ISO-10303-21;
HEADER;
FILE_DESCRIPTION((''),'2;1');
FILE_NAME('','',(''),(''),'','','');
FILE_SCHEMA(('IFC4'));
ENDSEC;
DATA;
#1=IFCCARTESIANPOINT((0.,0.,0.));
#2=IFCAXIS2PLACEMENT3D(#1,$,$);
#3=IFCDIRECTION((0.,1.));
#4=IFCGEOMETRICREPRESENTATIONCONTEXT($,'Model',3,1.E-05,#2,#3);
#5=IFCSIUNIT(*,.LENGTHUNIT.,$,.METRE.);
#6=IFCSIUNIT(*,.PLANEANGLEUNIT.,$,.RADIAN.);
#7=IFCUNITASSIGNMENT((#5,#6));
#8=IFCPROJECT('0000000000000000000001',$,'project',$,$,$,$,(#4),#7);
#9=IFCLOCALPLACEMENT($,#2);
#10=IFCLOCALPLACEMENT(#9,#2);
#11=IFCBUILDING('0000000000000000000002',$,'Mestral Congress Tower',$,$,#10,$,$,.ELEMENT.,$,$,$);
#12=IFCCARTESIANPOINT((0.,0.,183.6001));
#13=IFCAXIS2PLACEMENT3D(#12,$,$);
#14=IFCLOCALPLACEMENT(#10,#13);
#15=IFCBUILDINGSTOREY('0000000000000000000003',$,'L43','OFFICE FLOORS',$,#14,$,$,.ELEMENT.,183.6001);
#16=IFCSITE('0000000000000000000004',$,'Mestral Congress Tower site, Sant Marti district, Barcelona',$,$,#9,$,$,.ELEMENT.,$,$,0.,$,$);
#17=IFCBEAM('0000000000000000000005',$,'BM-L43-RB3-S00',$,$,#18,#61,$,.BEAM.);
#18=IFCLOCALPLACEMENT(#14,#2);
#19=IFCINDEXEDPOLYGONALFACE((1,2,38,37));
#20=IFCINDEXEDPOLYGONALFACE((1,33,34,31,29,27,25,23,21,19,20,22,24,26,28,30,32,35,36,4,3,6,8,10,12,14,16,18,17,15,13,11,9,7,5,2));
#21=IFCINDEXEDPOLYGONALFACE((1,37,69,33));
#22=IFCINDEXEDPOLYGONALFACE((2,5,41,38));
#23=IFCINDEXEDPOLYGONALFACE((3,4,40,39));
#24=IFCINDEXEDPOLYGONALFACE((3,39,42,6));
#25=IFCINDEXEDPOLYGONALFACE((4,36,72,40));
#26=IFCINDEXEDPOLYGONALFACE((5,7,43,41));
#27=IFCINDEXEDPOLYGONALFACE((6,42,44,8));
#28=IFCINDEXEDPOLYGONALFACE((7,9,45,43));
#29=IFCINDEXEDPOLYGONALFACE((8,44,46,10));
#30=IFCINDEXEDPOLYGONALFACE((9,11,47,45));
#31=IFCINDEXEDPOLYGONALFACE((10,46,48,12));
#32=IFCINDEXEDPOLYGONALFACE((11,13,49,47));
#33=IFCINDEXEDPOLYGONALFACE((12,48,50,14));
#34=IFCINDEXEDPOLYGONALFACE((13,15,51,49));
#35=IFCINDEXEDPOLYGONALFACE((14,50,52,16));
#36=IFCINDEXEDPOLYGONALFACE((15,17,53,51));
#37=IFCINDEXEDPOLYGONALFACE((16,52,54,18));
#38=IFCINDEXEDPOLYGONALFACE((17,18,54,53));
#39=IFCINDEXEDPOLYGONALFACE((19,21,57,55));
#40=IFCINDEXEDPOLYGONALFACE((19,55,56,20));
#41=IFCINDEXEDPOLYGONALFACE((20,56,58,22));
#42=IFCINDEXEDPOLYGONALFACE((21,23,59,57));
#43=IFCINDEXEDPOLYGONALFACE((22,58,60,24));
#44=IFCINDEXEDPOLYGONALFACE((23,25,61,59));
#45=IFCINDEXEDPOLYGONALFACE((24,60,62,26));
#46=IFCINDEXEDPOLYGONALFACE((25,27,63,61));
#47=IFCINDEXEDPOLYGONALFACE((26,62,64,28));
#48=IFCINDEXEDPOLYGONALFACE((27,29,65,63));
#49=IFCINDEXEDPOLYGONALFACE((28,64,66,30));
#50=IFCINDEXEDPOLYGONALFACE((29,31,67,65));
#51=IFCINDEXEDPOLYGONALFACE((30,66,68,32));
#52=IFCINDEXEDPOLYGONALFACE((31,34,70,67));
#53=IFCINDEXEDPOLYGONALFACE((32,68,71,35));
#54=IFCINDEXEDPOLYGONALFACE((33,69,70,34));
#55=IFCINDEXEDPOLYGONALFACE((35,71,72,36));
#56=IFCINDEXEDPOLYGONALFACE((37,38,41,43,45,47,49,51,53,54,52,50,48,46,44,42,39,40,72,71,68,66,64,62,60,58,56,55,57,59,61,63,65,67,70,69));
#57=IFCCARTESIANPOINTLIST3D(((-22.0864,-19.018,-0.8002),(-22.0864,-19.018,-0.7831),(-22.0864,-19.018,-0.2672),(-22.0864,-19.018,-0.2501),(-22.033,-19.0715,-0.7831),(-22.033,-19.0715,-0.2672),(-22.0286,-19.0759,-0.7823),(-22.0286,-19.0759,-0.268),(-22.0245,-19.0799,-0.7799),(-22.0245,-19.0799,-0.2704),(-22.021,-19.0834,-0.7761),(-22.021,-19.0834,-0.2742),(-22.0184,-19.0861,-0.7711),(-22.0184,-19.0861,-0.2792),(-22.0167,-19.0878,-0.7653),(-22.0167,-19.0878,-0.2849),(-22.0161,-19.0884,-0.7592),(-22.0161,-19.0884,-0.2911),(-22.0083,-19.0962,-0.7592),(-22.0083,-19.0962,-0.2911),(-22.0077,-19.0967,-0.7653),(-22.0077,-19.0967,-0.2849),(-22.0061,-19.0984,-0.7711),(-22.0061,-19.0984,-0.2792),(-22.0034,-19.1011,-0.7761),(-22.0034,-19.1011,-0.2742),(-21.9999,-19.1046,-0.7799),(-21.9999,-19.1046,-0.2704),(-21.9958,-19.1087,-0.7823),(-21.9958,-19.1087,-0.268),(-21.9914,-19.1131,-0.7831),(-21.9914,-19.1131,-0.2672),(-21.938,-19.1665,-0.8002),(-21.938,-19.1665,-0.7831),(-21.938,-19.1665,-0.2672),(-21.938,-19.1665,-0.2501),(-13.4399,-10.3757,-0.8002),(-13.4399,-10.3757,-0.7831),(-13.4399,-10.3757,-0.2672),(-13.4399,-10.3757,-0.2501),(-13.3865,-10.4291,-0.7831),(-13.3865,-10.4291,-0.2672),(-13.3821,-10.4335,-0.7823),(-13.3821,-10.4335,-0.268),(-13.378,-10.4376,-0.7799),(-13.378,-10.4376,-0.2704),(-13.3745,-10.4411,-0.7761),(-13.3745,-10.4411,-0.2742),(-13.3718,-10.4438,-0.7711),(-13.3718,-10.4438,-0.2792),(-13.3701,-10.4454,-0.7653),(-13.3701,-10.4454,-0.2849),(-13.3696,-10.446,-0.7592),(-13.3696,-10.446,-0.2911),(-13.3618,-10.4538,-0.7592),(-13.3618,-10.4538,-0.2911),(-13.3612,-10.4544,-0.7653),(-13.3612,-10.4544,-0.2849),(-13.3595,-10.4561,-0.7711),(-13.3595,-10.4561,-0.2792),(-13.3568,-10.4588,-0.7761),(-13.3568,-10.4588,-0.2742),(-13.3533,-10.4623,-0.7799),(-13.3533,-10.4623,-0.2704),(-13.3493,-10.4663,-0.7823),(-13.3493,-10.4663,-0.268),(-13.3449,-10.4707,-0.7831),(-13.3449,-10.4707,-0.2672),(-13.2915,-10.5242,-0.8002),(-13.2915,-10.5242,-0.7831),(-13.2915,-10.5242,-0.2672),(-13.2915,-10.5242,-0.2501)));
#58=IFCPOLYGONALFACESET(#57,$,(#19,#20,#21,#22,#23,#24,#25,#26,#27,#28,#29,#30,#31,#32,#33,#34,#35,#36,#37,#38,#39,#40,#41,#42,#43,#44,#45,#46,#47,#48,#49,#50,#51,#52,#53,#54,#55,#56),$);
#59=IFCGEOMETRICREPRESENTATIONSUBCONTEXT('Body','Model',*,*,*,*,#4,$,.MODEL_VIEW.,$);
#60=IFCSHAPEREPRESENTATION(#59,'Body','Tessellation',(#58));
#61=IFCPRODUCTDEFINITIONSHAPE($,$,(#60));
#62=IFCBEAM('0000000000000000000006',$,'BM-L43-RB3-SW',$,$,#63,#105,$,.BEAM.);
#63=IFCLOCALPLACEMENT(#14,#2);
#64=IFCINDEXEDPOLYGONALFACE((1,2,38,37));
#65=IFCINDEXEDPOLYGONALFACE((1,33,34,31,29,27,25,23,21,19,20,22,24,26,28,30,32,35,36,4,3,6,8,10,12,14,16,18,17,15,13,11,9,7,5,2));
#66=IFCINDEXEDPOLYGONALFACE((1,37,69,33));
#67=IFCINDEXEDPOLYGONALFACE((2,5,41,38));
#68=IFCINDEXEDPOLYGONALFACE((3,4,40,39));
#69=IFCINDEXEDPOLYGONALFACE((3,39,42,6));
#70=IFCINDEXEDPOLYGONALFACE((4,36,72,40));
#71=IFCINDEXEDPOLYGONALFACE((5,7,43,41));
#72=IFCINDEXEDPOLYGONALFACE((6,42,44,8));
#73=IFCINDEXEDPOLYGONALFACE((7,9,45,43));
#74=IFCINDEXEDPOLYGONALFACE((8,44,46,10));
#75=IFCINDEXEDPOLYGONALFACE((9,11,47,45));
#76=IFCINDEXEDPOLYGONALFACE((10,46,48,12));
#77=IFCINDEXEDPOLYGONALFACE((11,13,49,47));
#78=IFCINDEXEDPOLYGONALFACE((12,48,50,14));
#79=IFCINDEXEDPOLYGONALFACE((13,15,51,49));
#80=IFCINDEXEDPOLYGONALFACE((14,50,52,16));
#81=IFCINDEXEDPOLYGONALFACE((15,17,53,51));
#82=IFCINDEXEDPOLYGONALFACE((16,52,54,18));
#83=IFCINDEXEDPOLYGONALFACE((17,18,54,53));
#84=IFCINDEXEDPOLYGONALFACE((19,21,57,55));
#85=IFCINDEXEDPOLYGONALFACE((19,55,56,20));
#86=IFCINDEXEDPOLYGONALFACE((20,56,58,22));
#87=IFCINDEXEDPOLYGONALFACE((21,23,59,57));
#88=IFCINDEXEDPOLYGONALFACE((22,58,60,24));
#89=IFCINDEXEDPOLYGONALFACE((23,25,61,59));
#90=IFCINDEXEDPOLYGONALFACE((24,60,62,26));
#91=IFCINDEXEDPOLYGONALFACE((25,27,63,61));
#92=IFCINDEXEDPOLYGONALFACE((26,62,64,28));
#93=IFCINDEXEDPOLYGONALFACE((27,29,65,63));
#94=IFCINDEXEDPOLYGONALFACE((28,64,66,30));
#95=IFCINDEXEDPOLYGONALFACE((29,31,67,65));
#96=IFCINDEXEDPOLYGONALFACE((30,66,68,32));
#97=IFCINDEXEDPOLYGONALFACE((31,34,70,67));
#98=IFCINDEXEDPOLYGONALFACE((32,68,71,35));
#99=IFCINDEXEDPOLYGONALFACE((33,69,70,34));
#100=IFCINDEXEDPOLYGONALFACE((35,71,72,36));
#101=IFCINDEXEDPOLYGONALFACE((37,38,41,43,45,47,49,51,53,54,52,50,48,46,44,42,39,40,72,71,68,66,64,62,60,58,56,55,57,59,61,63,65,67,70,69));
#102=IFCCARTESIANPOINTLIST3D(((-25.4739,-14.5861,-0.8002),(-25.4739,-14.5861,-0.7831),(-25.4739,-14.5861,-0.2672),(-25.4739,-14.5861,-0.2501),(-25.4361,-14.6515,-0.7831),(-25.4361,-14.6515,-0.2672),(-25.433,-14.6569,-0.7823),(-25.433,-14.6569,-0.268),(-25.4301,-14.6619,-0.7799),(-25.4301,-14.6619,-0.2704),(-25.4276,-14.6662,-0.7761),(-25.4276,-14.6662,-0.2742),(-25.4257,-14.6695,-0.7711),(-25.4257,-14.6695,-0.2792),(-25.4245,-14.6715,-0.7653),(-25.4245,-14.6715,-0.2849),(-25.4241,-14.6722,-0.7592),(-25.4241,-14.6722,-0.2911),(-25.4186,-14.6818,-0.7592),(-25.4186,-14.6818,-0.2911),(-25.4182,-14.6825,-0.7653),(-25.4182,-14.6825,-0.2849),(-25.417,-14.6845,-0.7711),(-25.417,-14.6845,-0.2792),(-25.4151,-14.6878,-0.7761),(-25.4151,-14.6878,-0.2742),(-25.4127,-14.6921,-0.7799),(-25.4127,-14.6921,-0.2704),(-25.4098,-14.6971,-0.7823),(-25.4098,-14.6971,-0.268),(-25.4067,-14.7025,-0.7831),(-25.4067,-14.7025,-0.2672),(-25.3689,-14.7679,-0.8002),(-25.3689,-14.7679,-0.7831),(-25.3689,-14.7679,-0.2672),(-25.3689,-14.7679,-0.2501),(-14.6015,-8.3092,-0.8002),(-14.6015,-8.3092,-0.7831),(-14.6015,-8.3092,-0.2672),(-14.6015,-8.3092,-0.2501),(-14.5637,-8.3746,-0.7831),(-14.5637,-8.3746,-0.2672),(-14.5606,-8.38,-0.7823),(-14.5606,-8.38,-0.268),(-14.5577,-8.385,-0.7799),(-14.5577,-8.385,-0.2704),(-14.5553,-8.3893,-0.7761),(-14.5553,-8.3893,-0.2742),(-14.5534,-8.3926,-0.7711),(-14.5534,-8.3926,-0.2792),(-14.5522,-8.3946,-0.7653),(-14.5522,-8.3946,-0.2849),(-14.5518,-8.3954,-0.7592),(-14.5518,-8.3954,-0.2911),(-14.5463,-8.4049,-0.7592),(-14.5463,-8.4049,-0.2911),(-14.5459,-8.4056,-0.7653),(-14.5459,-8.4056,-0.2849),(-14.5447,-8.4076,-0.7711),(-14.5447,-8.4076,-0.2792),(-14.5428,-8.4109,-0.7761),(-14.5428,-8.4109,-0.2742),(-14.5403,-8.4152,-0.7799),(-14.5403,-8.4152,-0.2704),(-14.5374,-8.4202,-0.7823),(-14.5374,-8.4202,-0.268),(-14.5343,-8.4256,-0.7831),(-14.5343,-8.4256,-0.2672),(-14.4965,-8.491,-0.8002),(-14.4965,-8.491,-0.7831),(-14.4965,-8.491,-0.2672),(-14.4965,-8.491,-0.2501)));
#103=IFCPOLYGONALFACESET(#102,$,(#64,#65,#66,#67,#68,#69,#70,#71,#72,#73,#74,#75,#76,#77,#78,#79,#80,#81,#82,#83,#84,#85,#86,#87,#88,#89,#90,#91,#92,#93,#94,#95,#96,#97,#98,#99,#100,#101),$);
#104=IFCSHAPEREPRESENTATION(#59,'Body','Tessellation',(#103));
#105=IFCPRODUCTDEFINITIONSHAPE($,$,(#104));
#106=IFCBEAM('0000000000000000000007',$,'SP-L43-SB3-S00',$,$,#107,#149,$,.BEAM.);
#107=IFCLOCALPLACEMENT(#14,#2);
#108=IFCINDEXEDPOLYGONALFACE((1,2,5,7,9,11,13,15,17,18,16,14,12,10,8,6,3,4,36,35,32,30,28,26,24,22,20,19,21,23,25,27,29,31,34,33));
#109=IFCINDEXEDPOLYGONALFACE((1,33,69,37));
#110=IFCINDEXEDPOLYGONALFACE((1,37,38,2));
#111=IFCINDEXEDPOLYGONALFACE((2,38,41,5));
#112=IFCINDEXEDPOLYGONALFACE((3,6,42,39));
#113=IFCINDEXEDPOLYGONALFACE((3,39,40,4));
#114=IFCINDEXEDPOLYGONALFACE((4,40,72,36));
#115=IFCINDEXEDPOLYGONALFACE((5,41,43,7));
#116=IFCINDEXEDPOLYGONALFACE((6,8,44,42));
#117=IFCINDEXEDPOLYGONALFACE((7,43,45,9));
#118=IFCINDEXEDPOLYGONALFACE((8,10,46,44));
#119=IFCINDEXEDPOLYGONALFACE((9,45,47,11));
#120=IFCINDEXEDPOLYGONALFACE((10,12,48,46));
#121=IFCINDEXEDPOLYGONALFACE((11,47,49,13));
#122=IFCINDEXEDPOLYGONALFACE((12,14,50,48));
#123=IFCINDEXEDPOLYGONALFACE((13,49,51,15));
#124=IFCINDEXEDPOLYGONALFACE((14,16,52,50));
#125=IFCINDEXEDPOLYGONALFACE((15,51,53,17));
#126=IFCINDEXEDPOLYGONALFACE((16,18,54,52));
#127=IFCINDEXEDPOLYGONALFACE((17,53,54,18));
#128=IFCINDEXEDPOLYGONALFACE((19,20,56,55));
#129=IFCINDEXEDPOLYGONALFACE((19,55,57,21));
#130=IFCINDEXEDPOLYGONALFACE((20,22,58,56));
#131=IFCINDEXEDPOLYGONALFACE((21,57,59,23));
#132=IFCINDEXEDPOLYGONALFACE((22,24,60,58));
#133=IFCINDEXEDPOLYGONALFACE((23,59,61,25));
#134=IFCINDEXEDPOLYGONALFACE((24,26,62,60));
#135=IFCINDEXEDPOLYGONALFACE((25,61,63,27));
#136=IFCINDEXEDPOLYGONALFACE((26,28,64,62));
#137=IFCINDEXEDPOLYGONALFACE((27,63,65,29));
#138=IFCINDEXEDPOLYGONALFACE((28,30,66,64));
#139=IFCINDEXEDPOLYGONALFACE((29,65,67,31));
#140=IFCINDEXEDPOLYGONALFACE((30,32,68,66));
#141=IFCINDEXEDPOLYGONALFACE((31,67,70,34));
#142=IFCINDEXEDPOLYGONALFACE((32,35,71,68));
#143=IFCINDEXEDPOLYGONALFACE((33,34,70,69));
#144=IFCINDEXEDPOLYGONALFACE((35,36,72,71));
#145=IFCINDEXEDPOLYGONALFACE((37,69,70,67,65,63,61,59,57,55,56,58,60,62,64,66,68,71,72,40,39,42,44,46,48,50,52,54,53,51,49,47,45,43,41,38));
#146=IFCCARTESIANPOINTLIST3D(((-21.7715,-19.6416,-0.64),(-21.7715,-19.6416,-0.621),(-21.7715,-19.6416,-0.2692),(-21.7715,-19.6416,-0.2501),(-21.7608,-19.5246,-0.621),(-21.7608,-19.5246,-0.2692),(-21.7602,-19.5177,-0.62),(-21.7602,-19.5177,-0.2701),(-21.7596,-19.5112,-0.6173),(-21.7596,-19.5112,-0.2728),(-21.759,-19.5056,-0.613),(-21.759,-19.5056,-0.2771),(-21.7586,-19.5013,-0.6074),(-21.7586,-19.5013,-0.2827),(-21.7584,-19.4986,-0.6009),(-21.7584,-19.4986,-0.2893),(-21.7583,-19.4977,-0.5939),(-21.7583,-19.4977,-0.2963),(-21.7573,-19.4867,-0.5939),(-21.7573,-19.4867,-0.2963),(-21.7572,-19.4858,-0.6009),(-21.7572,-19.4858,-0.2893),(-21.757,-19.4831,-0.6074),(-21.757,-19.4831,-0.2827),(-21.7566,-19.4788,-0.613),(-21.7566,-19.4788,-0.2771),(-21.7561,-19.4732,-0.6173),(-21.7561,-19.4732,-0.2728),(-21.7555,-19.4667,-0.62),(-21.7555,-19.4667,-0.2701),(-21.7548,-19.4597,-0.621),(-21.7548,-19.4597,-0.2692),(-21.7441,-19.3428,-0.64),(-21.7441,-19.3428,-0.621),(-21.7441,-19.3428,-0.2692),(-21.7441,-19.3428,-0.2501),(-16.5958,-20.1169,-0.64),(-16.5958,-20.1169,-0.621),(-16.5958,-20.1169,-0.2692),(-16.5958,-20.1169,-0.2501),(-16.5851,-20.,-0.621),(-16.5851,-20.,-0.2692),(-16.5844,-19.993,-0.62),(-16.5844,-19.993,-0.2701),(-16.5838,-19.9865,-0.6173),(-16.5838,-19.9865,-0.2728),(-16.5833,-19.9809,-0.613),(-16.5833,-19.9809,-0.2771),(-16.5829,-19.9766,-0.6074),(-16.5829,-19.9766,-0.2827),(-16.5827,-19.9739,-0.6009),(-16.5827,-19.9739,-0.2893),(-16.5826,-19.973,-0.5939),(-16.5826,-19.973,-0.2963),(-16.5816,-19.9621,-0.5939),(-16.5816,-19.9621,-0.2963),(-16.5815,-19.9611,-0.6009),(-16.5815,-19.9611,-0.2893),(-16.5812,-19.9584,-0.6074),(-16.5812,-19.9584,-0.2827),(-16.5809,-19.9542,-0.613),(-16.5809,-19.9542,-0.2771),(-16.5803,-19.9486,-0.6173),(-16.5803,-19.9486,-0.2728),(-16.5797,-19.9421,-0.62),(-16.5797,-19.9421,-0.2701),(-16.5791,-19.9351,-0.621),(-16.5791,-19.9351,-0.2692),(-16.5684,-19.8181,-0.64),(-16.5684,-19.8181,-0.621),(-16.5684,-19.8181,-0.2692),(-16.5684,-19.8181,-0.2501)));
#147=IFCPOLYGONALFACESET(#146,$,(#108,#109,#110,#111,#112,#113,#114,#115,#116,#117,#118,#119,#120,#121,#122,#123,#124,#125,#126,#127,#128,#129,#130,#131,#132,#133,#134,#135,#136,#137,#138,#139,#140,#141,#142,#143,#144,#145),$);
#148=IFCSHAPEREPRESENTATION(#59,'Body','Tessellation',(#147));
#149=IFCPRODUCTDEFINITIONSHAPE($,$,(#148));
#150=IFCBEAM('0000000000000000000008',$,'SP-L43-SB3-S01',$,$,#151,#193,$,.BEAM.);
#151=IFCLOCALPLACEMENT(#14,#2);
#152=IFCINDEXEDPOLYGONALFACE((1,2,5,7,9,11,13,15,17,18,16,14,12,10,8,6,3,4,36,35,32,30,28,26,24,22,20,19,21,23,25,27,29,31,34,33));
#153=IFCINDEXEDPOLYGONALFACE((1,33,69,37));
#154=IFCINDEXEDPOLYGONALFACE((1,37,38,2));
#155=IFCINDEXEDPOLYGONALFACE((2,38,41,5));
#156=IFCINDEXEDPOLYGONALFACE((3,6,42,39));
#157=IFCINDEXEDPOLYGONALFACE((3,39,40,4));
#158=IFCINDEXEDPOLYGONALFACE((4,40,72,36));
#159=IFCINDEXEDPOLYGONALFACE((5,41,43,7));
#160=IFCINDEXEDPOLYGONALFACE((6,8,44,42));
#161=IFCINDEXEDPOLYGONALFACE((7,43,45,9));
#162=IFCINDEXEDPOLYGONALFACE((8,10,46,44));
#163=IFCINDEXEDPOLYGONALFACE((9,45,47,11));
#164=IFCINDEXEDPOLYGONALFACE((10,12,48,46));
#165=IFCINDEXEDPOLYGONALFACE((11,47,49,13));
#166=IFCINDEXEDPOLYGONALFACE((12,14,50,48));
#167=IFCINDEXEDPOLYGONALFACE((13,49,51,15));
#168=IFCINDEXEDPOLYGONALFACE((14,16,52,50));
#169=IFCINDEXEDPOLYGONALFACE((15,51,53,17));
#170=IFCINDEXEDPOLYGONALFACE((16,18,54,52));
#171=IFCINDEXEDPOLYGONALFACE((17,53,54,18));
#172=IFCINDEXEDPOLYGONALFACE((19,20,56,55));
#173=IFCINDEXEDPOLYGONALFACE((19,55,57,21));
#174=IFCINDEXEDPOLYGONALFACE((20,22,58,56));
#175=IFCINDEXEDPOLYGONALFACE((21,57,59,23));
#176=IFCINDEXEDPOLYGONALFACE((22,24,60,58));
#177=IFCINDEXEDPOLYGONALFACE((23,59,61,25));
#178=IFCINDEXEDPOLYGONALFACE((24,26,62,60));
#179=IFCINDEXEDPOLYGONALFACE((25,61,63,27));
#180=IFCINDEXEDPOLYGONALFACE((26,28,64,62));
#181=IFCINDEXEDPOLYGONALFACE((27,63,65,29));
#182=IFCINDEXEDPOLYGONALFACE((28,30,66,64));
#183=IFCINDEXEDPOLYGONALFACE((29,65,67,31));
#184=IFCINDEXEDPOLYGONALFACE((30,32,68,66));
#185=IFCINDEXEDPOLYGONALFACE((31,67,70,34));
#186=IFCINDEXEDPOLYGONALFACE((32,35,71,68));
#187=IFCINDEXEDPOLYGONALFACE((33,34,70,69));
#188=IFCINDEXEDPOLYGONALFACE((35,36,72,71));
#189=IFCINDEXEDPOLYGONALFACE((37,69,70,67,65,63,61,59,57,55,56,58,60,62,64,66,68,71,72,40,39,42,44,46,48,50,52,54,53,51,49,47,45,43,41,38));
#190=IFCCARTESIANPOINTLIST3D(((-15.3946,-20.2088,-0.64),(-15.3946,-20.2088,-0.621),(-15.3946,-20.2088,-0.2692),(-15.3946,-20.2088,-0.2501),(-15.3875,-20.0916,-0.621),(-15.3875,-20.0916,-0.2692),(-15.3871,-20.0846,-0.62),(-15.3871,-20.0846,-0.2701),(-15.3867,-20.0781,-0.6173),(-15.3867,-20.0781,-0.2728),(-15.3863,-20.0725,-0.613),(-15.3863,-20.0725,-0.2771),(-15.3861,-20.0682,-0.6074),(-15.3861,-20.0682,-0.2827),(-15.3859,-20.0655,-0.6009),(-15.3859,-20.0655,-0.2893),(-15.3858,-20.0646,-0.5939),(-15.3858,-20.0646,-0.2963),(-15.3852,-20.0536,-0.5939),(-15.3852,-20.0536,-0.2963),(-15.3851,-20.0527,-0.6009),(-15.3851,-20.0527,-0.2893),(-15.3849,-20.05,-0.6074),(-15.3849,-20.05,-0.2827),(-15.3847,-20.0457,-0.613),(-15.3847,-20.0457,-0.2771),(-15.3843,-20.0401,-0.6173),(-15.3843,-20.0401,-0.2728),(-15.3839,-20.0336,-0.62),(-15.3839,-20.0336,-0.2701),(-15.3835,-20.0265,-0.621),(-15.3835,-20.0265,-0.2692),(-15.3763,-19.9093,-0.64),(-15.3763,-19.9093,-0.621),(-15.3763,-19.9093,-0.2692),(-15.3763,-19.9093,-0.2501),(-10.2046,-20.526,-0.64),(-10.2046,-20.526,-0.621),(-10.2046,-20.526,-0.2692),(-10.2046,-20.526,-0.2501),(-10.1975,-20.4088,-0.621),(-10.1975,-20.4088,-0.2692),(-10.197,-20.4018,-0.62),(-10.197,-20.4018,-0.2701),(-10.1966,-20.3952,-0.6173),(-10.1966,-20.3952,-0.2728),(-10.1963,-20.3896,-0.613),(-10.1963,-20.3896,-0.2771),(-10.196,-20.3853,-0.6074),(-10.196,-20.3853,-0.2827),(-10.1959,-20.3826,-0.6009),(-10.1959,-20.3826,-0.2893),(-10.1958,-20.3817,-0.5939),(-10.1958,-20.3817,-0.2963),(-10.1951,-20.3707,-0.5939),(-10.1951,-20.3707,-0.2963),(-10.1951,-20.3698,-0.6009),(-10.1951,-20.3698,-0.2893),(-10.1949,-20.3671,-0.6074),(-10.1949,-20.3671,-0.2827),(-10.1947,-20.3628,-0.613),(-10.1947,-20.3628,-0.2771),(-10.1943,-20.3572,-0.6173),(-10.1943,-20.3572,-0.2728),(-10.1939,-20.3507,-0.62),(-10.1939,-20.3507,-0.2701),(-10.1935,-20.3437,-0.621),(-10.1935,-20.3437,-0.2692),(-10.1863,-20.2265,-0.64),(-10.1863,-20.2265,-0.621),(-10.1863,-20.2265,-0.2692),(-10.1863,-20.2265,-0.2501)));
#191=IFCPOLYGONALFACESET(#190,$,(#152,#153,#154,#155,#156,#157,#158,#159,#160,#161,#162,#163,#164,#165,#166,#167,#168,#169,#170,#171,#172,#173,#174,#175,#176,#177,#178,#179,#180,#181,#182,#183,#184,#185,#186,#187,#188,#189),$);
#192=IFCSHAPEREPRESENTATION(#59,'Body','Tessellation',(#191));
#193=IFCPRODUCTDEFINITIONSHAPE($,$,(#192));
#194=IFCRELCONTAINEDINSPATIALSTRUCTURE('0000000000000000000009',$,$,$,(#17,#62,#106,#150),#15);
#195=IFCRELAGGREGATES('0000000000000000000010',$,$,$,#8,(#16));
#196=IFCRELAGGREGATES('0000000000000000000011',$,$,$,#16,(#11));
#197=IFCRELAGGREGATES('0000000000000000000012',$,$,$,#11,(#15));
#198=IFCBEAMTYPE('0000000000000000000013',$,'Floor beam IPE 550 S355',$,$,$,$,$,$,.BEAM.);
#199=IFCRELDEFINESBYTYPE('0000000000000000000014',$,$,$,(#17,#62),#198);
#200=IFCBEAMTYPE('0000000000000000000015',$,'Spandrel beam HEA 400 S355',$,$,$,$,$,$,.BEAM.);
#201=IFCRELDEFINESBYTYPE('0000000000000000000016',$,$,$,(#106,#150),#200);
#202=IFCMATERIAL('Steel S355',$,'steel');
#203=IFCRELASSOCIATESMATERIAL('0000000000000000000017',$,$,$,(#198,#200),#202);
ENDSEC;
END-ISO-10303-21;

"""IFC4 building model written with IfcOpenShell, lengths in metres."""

from ifc_helpers import new_model, si_unit, direction, frame, origin, origin_2d, place, context, subcontext, project, spatial, i_section, extrude, material, material_profile, profile_set, type_object, element, save


model = new_model("IFC4")

# Units and contexts
model_context = context("Model", 3, precision=1e-05, world=origin(), true_north=direction((0.0, 1.0)))
body_context = subcontext(model_context, "Body", "Model", "MODEL_VIEW")
ifc_project = project(units=[si_unit("LENGTHUNIT", "METRE"), si_unit("PLANEANGLEUNIT", "RADIAN")], contexts=[model_context])

# Site, building, storey
site_placement = place(None, origin())
site = spatial("IfcSite", under=ifc_project, at=site_placement, Name="Mestral Congress Tower site, Sant Marti district, Barcelona", CompositionType="ELEMENT", RefElevation=0.0)
building_placement = place(site_placement, origin())
building = spatial("IfcBuilding", under=site, at=building_placement, Name="Mestral Congress Tower", CompositionType="ELEMENT")
storey_placement = place(building_placement, frame((0.0, 0.0, 183.6001)))
storey = spatial("IfcBuildingStorey", under=building, at=storey_placement, Name="L43", Description="OFFICE FLOORS", CompositionType="ELEMENT", Elevation=183.6001)

# Beams
ifc_material_1 = material(Name="Steel S355", Category="steel")
ifc_material_profile_1 = material_profile(ifc_material_1, i_section(OverallWidth=0.21, OverallDepth=0.55, WebThickness=0.011, FlangeThickness=0.0171, FilletRadius=0.0239, at=origin_2d()), Name="IPE 550")
ifc_profile_set_1 = profile_set([ifc_material_profile_1], Name="Steel S355")
beam_type_1 = type_object("IfcBeamType", Name="Floor beam IPE 550 S355", PredefinedType="BEAM", material=ifc_profile_set_1)
beam_1_placement = place(storey_placement, frame((-22.0122, -19.0923, -0.5251), z_axis=(0.707277, 0.706937, 0.0), x_axis=(-0.706937, 0.707277, 0.0)))
element("IfcBeam", 1, at=beam_1_placement, inside=storey, type_object=beam_type_1, Name="BM-L43-RB3-S00", PredefinedType="BEAM", context=body_context, shape_type="SweptSolid", body=[
    extrude(i_section(OverallWidth=0.21, OverallDepth=0.55, WebThickness=0.011, FlangeThickness=0.0171, FilletRadius=0.0239, at=origin_2d()), origin(), (0.0, 0.0, 1.0), 12.2251),
])
beam_2_placement = place(storey_placement, frame((-25.4214, -14.677, -0.5251), z_axis=(0.866035, 0.499983, 0.0), x_axis=(-0.499983, 0.866035, 0.0)))
element("IfcBeam", 2, at=beam_2_placement, inside=storey, type_object=beam_type_1, Name="BM-L43-RB3-SW", PredefinedType="BEAM", context=body_context, shape_type="SweptSolid", body=[
    extrude(i_section(OverallWidth=0.21, OverallDepth=0.55, WebThickness=0.011, FlangeThickness=0.0171, FilletRadius=0.0239, at=origin_2d()), origin(), (0.0, 0.0, 1.0), 12.5542),
])
ifc_material_profile_2 = material_profile(ifc_material_1, i_section(OverallWidth=0.3, OverallDepth=0.3899, WebThickness=0.011, FlangeThickness=0.019, FilletRadius=0.0271, at=origin_2d()), Name="HEA 400")
ifc_profile_set_2 = profile_set([ifc_material_profile_2], Name="Steel S355")
beam_type_2 = type_object("IfcBeamType", Name="Spandrel beam HEA 400 S355", PredefinedType="BEAM", material=ifc_profile_set_2)
beam_3_placement = place(storey_placement, frame((-21.7578, -19.4922, -0.4451), z_axis=(0.995809, -0.091455, 0.0), x_axis=(0.091455, 0.995809, 0.0)))
element("IfcBeam", 3, at=beam_3_placement, inside=storey, type_object=beam_type_2, Name="SP-L43-SB3-S00", PredefinedType="BEAM", context=body_context, shape_type="SweptSolid", body=[
    extrude(i_section(OverallWidth=0.3, OverallDepth=0.3899, WebThickness=0.011, FlangeThickness=0.019, FilletRadius=0.0271, at=origin_2d()), origin(), (0.0, 0.0, 1.0), 5.1975),
])
beam_4_placement = place(storey_placement, frame((-15.3855, -20.0591, -0.4451), z_axis=(0.998138, -0.060993, 0.0), x_axis=(0.060993, 0.998138, 0.0)))
element("IfcBeam", 4, at=beam_4_placement, inside=storey, type_object=beam_type_2, Name="SP-L43-SB3-S01", PredefinedType="BEAM", context=body_context, shape_type="SweptSolid", body=[
    extrude(i_section(OverallWidth=0.3, OverallDepth=0.3899, WebThickness=0.011, FlangeThickness=0.019, FilletRadius=0.0271, at=origin_2d()), origin(), (0.0, 0.0, 1.0), 5.1997),
])

save(model, "model.ifc")
